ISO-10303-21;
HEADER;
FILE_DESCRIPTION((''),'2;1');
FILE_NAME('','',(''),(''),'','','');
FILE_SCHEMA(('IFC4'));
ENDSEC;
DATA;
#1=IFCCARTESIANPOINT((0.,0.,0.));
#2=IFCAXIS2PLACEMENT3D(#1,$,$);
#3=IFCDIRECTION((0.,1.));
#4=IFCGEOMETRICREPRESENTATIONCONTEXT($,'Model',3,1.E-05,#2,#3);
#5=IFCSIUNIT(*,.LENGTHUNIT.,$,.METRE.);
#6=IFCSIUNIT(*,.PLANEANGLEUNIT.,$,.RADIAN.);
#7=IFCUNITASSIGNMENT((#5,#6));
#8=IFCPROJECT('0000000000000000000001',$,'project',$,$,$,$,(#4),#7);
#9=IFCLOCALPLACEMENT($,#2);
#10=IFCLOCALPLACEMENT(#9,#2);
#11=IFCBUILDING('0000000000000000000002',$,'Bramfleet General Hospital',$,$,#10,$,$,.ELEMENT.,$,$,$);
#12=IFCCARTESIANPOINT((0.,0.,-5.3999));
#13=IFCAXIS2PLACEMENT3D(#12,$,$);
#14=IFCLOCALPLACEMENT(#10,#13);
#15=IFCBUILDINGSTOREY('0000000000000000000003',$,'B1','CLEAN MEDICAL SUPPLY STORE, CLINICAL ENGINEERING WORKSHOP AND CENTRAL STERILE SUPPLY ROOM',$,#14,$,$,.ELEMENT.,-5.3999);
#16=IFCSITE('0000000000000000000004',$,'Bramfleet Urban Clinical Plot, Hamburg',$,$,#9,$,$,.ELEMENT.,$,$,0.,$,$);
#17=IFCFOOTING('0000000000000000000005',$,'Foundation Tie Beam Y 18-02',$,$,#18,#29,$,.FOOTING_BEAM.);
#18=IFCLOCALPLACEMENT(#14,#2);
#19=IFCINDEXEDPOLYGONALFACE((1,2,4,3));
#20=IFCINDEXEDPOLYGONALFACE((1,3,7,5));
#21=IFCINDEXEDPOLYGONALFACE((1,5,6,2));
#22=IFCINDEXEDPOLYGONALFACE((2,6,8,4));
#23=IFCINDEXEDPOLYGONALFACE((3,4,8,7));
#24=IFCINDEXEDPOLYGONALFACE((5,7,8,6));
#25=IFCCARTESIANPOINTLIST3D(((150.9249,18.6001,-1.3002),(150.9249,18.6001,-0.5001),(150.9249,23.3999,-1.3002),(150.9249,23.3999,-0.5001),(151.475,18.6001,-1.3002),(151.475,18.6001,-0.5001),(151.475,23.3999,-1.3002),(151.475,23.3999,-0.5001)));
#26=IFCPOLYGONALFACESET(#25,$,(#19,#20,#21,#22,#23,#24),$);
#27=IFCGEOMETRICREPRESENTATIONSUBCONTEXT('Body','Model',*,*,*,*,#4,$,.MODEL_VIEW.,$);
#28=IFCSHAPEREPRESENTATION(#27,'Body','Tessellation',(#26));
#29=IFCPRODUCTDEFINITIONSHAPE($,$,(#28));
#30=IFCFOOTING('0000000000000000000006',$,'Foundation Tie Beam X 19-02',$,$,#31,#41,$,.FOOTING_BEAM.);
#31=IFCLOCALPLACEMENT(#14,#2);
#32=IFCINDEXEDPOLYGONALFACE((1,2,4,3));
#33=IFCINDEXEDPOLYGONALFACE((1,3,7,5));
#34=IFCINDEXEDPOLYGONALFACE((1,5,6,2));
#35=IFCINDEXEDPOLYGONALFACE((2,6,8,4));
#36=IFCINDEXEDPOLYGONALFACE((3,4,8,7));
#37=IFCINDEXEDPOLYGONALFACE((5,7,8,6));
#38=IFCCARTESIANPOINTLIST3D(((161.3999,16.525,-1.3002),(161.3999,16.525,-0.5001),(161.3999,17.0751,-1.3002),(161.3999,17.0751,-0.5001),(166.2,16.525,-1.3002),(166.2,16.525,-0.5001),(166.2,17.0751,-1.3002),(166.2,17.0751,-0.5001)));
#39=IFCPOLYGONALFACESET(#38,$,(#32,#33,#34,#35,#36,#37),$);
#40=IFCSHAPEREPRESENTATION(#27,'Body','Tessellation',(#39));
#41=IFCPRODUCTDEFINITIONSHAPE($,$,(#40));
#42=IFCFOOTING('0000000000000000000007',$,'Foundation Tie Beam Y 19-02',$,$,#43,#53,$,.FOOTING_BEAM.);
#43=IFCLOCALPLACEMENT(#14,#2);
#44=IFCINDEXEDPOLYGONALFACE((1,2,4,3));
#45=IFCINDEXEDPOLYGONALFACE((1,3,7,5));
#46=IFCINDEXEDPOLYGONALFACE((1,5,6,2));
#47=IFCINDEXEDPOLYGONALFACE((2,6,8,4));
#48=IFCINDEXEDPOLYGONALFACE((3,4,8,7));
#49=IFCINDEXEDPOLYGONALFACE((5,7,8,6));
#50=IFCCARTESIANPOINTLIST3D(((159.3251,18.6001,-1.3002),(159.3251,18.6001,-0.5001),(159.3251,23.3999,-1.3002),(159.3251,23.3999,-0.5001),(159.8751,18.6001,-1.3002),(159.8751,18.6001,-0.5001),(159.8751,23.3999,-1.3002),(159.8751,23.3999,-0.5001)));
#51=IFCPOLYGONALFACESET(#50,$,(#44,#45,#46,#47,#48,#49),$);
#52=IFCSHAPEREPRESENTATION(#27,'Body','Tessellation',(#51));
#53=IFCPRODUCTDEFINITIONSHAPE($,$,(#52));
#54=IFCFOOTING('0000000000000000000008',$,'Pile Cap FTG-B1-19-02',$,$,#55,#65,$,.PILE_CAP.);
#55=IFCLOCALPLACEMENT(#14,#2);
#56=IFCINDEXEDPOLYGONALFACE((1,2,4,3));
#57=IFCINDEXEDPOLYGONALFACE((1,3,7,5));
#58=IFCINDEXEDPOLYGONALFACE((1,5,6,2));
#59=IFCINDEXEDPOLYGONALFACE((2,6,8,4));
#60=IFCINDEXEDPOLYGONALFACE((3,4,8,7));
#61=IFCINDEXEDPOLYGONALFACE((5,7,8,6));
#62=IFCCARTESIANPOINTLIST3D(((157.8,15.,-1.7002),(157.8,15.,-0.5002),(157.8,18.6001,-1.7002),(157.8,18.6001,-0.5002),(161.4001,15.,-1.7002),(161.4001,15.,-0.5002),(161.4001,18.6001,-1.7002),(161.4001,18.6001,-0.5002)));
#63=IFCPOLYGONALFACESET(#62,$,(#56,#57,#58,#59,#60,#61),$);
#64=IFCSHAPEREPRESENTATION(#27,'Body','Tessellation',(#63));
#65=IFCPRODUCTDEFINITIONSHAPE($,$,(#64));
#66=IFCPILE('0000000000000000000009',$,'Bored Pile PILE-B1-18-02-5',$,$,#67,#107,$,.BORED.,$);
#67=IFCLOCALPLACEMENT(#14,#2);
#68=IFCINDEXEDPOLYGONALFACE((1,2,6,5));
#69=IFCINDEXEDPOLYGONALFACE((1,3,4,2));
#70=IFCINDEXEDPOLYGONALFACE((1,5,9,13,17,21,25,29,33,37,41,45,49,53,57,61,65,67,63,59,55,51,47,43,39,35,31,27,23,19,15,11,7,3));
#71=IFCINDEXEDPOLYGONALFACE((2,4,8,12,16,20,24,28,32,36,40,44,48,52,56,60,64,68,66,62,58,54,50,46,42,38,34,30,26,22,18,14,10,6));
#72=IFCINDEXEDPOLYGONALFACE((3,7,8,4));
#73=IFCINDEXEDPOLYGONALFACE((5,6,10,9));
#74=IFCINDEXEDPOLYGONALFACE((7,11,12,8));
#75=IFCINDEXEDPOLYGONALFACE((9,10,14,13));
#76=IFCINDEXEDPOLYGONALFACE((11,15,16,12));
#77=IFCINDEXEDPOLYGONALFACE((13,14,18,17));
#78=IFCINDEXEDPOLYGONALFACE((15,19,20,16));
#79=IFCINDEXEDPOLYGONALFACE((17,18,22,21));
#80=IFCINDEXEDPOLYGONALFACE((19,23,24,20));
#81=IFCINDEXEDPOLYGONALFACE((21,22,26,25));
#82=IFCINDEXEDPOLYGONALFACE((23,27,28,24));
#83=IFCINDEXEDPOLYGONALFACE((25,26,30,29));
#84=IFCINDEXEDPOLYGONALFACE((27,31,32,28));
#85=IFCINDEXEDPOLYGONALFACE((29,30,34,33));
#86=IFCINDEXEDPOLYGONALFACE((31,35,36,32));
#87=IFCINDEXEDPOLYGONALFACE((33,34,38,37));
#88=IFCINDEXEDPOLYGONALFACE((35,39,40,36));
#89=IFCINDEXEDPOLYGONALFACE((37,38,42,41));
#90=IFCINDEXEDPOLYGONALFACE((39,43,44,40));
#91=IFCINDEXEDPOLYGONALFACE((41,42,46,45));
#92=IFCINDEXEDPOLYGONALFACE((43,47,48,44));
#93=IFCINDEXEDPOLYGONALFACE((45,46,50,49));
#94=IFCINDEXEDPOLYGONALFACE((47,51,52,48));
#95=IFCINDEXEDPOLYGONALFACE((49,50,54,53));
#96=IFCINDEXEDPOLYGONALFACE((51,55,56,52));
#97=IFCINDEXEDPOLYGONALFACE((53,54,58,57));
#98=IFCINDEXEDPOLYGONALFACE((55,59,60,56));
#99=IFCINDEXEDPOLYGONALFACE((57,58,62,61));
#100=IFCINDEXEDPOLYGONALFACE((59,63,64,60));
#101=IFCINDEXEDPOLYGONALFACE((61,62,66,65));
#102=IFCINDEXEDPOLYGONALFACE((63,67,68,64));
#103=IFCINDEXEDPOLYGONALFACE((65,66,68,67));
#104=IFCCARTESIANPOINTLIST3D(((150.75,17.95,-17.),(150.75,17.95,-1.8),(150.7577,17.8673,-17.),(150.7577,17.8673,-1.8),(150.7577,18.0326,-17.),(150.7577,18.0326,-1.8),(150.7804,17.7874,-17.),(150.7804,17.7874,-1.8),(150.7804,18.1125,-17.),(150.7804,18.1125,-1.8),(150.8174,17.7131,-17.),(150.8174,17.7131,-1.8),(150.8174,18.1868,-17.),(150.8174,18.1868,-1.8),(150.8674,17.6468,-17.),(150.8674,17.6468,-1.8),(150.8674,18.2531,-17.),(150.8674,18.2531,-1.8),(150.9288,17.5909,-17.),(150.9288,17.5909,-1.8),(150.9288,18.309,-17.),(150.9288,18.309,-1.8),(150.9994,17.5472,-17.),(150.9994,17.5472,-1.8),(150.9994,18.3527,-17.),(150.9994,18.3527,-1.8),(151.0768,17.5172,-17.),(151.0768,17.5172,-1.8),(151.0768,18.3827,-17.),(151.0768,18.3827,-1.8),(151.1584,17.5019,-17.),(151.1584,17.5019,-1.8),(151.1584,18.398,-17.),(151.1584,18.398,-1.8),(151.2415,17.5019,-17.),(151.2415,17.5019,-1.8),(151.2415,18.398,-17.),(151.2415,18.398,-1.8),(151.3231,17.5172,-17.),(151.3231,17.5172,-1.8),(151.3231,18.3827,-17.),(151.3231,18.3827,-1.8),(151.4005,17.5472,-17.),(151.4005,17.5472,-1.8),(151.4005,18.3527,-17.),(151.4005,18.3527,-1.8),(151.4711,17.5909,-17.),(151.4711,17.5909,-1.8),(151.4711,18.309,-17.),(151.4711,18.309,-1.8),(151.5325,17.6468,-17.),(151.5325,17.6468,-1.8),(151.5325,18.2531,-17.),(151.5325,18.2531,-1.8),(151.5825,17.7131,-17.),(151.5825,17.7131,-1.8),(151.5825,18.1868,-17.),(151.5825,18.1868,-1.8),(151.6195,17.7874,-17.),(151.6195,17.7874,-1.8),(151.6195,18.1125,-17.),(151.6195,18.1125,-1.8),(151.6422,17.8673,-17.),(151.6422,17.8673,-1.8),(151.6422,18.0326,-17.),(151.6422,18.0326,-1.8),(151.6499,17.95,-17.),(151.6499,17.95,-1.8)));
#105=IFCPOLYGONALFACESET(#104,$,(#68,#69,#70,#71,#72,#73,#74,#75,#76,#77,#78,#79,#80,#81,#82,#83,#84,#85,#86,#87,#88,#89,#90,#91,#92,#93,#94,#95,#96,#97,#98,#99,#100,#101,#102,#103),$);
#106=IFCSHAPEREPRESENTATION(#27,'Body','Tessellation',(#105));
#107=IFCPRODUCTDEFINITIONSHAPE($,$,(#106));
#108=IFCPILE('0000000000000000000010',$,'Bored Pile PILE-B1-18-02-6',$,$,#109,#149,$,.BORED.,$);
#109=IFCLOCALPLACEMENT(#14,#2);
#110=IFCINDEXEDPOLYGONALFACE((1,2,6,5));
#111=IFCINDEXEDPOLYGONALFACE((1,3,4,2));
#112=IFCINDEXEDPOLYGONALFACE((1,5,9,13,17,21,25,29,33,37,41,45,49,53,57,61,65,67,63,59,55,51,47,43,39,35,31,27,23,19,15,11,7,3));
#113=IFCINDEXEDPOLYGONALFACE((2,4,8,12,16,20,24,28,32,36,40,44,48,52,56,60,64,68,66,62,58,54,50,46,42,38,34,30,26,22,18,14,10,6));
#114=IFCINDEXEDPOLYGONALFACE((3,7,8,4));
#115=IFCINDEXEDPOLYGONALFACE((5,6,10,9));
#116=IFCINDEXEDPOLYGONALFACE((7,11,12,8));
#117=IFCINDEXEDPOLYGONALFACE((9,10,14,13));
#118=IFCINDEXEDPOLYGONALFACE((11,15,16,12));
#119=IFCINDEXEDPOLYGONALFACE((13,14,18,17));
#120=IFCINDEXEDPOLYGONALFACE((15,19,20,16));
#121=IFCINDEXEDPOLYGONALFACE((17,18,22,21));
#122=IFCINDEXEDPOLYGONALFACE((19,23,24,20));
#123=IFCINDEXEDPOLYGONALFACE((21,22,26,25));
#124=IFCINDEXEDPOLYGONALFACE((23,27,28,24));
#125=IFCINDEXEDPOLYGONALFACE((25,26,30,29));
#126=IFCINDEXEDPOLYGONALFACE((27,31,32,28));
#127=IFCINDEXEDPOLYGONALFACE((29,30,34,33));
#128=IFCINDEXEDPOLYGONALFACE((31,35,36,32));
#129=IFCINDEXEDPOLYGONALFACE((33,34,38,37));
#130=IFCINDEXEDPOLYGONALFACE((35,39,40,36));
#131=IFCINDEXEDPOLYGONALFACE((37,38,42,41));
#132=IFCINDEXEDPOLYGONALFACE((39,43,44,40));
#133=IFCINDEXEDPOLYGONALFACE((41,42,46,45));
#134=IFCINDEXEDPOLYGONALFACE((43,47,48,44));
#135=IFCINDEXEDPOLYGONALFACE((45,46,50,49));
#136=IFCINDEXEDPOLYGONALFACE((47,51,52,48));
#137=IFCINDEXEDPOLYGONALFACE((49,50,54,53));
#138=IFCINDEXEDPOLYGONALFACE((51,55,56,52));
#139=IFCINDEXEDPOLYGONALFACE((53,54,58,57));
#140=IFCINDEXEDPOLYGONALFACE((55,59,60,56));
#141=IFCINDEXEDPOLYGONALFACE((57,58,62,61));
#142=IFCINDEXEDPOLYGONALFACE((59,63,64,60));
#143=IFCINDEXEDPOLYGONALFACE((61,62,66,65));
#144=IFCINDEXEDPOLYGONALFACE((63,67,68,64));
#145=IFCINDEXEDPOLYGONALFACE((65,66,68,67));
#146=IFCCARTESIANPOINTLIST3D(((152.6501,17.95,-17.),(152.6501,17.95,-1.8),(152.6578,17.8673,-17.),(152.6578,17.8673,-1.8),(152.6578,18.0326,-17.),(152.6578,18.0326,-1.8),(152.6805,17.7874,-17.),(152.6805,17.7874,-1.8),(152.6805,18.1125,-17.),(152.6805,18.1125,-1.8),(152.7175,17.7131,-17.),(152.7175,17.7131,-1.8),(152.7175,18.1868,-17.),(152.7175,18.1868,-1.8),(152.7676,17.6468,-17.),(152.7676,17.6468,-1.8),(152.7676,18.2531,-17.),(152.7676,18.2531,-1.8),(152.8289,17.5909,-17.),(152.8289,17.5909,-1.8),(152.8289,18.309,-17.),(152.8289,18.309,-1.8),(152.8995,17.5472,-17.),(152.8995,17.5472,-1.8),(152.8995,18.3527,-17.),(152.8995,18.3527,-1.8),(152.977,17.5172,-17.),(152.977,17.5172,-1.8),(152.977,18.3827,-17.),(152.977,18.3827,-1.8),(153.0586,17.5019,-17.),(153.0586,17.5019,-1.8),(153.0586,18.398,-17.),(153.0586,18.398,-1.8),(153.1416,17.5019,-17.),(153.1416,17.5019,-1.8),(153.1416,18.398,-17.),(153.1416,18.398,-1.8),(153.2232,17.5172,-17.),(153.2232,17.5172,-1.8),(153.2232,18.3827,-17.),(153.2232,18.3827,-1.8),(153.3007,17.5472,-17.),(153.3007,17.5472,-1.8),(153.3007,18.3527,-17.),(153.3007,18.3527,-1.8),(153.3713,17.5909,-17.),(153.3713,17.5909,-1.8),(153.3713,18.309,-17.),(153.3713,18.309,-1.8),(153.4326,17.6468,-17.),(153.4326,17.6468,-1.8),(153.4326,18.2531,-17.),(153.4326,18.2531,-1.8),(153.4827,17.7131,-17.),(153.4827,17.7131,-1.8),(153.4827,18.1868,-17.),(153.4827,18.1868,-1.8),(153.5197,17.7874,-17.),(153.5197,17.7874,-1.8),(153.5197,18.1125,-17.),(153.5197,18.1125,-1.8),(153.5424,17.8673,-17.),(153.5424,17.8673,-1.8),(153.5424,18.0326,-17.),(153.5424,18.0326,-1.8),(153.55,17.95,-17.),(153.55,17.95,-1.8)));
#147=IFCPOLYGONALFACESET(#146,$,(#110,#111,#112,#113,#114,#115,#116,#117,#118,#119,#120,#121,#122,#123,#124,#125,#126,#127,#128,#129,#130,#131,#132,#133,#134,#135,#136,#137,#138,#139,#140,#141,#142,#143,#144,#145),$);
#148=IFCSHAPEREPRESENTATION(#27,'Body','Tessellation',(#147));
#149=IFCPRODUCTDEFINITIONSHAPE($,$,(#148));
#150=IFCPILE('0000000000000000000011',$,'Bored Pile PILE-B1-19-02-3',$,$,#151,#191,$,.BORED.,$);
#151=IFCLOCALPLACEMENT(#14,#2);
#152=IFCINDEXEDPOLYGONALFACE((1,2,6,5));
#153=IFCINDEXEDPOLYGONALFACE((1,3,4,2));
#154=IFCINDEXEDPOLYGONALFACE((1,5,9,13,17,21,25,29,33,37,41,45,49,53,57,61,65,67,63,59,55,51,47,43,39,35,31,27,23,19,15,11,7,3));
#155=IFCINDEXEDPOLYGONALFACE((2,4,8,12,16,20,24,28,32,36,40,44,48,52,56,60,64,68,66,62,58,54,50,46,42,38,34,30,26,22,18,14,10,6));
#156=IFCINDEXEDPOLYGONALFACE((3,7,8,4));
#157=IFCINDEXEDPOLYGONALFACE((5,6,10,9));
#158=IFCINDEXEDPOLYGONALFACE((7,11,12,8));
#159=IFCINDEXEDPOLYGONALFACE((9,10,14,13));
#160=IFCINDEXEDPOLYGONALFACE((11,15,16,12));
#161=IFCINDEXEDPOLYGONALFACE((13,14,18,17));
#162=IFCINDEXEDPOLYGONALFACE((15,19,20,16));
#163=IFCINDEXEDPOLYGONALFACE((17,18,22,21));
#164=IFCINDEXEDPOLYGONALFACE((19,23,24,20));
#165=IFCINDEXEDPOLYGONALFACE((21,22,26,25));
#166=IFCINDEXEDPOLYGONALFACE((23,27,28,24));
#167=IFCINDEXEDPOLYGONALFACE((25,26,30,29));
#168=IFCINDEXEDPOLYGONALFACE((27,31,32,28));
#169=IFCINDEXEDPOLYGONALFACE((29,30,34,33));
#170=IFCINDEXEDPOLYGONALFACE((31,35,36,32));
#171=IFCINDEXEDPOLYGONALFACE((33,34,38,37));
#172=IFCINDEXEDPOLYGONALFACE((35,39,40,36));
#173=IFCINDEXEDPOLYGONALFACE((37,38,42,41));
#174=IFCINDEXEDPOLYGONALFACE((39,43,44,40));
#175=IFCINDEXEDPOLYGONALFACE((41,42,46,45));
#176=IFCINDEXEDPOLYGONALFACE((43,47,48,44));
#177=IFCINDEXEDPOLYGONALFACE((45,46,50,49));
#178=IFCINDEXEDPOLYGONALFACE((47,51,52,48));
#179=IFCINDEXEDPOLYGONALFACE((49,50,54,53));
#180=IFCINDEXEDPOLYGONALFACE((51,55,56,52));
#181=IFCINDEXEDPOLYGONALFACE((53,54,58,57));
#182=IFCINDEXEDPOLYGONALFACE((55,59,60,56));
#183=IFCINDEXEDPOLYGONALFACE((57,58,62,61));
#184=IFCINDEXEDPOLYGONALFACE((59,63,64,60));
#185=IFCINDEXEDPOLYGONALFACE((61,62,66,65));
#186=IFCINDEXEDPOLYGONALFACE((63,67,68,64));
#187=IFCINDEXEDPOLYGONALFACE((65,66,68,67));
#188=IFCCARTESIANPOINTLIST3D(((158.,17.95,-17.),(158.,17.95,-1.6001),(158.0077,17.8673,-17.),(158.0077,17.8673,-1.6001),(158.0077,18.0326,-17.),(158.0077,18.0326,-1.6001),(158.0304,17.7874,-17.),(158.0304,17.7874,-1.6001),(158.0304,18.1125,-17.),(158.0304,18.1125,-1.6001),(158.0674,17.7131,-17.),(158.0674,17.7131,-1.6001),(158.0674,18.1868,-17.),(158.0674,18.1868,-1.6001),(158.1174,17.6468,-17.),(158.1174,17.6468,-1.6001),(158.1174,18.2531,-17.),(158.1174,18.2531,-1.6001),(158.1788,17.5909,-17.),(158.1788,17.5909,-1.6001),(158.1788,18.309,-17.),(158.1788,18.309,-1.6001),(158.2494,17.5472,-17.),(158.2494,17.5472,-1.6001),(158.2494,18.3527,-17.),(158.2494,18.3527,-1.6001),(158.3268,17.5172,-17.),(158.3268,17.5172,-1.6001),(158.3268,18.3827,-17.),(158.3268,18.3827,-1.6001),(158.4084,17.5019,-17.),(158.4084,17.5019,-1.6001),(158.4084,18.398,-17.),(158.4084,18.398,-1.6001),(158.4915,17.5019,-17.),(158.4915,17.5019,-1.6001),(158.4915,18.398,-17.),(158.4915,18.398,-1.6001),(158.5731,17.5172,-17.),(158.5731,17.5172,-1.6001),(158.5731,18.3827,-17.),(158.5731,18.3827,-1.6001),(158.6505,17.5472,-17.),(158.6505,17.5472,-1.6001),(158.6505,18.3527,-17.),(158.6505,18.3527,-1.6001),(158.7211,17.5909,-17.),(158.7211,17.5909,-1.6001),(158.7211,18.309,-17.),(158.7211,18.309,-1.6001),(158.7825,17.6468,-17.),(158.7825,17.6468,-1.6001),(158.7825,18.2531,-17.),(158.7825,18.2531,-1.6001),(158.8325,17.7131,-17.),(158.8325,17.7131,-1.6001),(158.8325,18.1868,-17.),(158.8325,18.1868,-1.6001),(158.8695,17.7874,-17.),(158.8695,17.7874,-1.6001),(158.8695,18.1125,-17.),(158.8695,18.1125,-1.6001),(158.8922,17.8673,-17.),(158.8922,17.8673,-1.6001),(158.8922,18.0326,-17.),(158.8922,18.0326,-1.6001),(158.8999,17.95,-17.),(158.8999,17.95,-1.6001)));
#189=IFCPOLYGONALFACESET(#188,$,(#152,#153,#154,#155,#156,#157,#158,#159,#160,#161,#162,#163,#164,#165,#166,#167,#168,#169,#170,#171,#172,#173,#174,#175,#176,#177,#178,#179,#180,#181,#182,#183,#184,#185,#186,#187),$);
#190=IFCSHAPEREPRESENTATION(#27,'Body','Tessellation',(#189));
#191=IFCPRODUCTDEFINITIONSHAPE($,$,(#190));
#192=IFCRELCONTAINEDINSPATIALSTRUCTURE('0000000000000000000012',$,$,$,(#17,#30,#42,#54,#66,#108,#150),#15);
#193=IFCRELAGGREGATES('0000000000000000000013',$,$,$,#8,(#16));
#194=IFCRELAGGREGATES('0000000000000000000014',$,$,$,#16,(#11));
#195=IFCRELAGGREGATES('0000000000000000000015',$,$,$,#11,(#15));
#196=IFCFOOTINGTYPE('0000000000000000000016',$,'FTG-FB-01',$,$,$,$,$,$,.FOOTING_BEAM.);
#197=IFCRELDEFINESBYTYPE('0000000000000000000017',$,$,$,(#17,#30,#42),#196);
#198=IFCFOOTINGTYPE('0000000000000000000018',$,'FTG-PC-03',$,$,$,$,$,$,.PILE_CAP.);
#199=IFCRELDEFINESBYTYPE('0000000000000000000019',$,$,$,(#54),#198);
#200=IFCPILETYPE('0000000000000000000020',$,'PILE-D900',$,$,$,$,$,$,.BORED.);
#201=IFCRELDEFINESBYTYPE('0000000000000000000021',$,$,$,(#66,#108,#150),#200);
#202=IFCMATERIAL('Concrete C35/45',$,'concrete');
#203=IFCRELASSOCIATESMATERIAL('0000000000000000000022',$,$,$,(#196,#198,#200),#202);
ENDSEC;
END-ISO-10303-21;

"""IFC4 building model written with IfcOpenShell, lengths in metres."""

from ifc_helpers import new_model, si_unit, direction, frame, origin, origin_2d, place, context, subcontext, project, spatial, rectangle, circle, extrude, material, material_profile, profile_set, type_object, element, save


model = new_model("IFC4")

# Units and contexts
model_context = context("Model", 3, precision=1e-05, world=origin(), true_north=direction((0.0, 1.0)))
body_context = subcontext(model_context, "Body", "Model", "MODEL_VIEW")
ifc_project = project(units=[si_unit("LENGTHUNIT", "METRE"), si_unit("PLANEANGLEUNIT", "RADIAN")], contexts=[model_context])

# Site, building, storey
site_placement = place(None, origin())
site = spatial("IfcSite", under=ifc_project, at=site_placement, Name="Bramfleet Urban Clinical Plot, Hamburg", CompositionType="ELEMENT", RefElevation=0.0)
building_placement = place(site_placement, origin())
building = spatial("IfcBuilding", under=site, at=building_placement, Name="Bramfleet General Hospital", CompositionType="ELEMENT")
storey_placement = place(building_placement, frame((0.0, 0.0, -5.3999)))
storey = spatial("IfcBuildingStorey", under=building, at=storey_placement, Name="B1", Description="CLEAN MEDICAL SUPPLY STORE, CLINICAL ENGINEERING WORKSHOP AND CENTRAL STERILE SUPPLY ROOM", CompositionType="ELEMENT", Elevation=-5.3999)

# Footings
ifc_material_1 = material(Name="Concrete C35/45", Category="concrete")
ifc_material_profile_1 = material_profile(ifc_material_1, rectangle(XDim=0.55, YDim=0.8, at=origin_2d()), Name="RC FB 800x550")
ifc_profile_set_1 = profile_set([ifc_material_profile_1], Name="Concrete C35/45")
footing_type_1 = type_object("IfcFootingType", Name="FTG-FB-01", PredefinedType="FOOTING_BEAM", material=ifc_profile_set_1)
footing_1_placement = place(storey_placement, frame((151.2, 18.6001, -0.9001), z_axis=(0.0, 1.0, 0.0), x_axis=(-1.0, 0.0, 0.0)))
element("IfcFooting", 1, at=footing_1_placement, inside=storey, type_object=footing_type_1, Name="Foundation Tie Beam Y 18-02", PredefinedType="FOOTING_BEAM", context=body_context, shape_type="SweptSolid", body=[
    extrude(rectangle(XDim=0.55, YDim=0.8, at=origin_2d()), origin(), (0.0, 0.0, 1.0), 4.7998),
])
footing_2_placement = place(storey_placement, frame((161.3999, 16.8, -0.9001), z_axis=(1.0, 0.0, 0.0), x_axis=(0.0, 1.0, 0.0)))
element("IfcFooting", 2, at=footing_2_placement, inside=storey, type_object=footing_type_1, Name="Foundation Tie Beam X 19-02", PredefinedType="FOOTING_BEAM", context=body_context, shape_type="SweptSolid", body=[
    extrude(rectangle(XDim=0.55, YDim=0.8, at=origin_2d()), origin(), (0.0, 0.0, 1.0), 4.8),
])
footing_3_placement = place(storey_placement, frame((159.6001, 18.6001, -0.9001), z_axis=(0.0, 1.0, 0.0), x_axis=(-1.0, 0.0, 0.0)))
element("IfcFooting", 3, at=footing_3_placement, inside=storey, type_object=footing_type_1, Name="Foundation Tie Beam Y 19-02", PredefinedType="FOOTING_BEAM", context=body_context, shape_type="SweptSolid", body=[
    extrude(rectangle(XDim=0.55, YDim=0.8, at=origin_2d()), origin(), (0.0, 0.0, 1.0), 4.7998),
])
footing_type_2 = type_object("IfcFootingType", Name="FTG-PC-03", PredefinedType="PILE_CAP", material=ifc_material_1)
footing_4_placement = place(storey_placement, frame((159.6001, 16.8, -1.7002), z_axis=(0.0, 0.0, 1.0), x_axis=(1.0, 0.0, 0.0)))
element("IfcFooting", 4, at=footing_4_placement, inside=storey, type_object=footing_type_2, Name="Pile Cap FTG-B1-19-02", PredefinedType="PILE_CAP", context=body_context, shape_type="SweptSolid", body=[
    extrude(rectangle(XDim=3.6001, YDim=3.6001, at=origin_2d()), origin(), (0.0, 0.0, 1.0), 1.2),
])

# Piles
ifc_material_profile_2 = material_profile(ifc_material_1, circle(Radius=0.45, at=origin_2d()), Name="PILE BORED D900")
ifc_profile_set_2 = profile_set([ifc_material_profile_2], Name="Concrete C35/45")
pile_type = type_object("IfcPileType", Name="PILE-D900", PredefinedType="BORED", material=ifc_profile_set_2)
for number, where, z_axis, x_axis, name in (
    (5, (151.2, 17.95, -1.8), (0.0, 0.0, -1.0), (1.0, 0.0, 0.0), "Bored Pile PILE-B1-18-02-5"),
    (6, (153.1001, 17.95, -1.8), (0.0, 0.0, -1.0), (1.0, 0.0, 0.0), "Bored Pile PILE-B1-18-02-6"),
):
    element("IfcPile", number, at=place(storey_placement, frame(where, z_axis=z_axis, x_axis=x_axis)), inside=storey, type_object=pile_type, Name=name, PredefinedType="BORED", context=body_context, shape_type="SweptSolid", body=[
        extrude(circle(Radius=0.45, at=origin_2d()), origin(), (0.0, 0.0, 1.0), 15.2),
    ])
for number, where, z_axis, x_axis, name in (
    (7, (158.45, 17.95, -1.6001), (0.0, 0.0, -1.0), (1.0, 0.0, 0.0), "Bored Pile PILE-B1-19-02-3"),
):
    element("IfcPile", number, at=place(storey_placement, frame(where, z_axis=z_axis, x_axis=x_axis)), inside=storey, type_object=pile_type, Name=name, PredefinedType="BORED", context=body_context, shape_type="SweptSolid", body=[
        extrude(circle(Radius=0.45, at=origin_2d()), origin(), (0.0, 0.0, 1.0), 15.3999),
    ])

save(model, "model.ifc")
